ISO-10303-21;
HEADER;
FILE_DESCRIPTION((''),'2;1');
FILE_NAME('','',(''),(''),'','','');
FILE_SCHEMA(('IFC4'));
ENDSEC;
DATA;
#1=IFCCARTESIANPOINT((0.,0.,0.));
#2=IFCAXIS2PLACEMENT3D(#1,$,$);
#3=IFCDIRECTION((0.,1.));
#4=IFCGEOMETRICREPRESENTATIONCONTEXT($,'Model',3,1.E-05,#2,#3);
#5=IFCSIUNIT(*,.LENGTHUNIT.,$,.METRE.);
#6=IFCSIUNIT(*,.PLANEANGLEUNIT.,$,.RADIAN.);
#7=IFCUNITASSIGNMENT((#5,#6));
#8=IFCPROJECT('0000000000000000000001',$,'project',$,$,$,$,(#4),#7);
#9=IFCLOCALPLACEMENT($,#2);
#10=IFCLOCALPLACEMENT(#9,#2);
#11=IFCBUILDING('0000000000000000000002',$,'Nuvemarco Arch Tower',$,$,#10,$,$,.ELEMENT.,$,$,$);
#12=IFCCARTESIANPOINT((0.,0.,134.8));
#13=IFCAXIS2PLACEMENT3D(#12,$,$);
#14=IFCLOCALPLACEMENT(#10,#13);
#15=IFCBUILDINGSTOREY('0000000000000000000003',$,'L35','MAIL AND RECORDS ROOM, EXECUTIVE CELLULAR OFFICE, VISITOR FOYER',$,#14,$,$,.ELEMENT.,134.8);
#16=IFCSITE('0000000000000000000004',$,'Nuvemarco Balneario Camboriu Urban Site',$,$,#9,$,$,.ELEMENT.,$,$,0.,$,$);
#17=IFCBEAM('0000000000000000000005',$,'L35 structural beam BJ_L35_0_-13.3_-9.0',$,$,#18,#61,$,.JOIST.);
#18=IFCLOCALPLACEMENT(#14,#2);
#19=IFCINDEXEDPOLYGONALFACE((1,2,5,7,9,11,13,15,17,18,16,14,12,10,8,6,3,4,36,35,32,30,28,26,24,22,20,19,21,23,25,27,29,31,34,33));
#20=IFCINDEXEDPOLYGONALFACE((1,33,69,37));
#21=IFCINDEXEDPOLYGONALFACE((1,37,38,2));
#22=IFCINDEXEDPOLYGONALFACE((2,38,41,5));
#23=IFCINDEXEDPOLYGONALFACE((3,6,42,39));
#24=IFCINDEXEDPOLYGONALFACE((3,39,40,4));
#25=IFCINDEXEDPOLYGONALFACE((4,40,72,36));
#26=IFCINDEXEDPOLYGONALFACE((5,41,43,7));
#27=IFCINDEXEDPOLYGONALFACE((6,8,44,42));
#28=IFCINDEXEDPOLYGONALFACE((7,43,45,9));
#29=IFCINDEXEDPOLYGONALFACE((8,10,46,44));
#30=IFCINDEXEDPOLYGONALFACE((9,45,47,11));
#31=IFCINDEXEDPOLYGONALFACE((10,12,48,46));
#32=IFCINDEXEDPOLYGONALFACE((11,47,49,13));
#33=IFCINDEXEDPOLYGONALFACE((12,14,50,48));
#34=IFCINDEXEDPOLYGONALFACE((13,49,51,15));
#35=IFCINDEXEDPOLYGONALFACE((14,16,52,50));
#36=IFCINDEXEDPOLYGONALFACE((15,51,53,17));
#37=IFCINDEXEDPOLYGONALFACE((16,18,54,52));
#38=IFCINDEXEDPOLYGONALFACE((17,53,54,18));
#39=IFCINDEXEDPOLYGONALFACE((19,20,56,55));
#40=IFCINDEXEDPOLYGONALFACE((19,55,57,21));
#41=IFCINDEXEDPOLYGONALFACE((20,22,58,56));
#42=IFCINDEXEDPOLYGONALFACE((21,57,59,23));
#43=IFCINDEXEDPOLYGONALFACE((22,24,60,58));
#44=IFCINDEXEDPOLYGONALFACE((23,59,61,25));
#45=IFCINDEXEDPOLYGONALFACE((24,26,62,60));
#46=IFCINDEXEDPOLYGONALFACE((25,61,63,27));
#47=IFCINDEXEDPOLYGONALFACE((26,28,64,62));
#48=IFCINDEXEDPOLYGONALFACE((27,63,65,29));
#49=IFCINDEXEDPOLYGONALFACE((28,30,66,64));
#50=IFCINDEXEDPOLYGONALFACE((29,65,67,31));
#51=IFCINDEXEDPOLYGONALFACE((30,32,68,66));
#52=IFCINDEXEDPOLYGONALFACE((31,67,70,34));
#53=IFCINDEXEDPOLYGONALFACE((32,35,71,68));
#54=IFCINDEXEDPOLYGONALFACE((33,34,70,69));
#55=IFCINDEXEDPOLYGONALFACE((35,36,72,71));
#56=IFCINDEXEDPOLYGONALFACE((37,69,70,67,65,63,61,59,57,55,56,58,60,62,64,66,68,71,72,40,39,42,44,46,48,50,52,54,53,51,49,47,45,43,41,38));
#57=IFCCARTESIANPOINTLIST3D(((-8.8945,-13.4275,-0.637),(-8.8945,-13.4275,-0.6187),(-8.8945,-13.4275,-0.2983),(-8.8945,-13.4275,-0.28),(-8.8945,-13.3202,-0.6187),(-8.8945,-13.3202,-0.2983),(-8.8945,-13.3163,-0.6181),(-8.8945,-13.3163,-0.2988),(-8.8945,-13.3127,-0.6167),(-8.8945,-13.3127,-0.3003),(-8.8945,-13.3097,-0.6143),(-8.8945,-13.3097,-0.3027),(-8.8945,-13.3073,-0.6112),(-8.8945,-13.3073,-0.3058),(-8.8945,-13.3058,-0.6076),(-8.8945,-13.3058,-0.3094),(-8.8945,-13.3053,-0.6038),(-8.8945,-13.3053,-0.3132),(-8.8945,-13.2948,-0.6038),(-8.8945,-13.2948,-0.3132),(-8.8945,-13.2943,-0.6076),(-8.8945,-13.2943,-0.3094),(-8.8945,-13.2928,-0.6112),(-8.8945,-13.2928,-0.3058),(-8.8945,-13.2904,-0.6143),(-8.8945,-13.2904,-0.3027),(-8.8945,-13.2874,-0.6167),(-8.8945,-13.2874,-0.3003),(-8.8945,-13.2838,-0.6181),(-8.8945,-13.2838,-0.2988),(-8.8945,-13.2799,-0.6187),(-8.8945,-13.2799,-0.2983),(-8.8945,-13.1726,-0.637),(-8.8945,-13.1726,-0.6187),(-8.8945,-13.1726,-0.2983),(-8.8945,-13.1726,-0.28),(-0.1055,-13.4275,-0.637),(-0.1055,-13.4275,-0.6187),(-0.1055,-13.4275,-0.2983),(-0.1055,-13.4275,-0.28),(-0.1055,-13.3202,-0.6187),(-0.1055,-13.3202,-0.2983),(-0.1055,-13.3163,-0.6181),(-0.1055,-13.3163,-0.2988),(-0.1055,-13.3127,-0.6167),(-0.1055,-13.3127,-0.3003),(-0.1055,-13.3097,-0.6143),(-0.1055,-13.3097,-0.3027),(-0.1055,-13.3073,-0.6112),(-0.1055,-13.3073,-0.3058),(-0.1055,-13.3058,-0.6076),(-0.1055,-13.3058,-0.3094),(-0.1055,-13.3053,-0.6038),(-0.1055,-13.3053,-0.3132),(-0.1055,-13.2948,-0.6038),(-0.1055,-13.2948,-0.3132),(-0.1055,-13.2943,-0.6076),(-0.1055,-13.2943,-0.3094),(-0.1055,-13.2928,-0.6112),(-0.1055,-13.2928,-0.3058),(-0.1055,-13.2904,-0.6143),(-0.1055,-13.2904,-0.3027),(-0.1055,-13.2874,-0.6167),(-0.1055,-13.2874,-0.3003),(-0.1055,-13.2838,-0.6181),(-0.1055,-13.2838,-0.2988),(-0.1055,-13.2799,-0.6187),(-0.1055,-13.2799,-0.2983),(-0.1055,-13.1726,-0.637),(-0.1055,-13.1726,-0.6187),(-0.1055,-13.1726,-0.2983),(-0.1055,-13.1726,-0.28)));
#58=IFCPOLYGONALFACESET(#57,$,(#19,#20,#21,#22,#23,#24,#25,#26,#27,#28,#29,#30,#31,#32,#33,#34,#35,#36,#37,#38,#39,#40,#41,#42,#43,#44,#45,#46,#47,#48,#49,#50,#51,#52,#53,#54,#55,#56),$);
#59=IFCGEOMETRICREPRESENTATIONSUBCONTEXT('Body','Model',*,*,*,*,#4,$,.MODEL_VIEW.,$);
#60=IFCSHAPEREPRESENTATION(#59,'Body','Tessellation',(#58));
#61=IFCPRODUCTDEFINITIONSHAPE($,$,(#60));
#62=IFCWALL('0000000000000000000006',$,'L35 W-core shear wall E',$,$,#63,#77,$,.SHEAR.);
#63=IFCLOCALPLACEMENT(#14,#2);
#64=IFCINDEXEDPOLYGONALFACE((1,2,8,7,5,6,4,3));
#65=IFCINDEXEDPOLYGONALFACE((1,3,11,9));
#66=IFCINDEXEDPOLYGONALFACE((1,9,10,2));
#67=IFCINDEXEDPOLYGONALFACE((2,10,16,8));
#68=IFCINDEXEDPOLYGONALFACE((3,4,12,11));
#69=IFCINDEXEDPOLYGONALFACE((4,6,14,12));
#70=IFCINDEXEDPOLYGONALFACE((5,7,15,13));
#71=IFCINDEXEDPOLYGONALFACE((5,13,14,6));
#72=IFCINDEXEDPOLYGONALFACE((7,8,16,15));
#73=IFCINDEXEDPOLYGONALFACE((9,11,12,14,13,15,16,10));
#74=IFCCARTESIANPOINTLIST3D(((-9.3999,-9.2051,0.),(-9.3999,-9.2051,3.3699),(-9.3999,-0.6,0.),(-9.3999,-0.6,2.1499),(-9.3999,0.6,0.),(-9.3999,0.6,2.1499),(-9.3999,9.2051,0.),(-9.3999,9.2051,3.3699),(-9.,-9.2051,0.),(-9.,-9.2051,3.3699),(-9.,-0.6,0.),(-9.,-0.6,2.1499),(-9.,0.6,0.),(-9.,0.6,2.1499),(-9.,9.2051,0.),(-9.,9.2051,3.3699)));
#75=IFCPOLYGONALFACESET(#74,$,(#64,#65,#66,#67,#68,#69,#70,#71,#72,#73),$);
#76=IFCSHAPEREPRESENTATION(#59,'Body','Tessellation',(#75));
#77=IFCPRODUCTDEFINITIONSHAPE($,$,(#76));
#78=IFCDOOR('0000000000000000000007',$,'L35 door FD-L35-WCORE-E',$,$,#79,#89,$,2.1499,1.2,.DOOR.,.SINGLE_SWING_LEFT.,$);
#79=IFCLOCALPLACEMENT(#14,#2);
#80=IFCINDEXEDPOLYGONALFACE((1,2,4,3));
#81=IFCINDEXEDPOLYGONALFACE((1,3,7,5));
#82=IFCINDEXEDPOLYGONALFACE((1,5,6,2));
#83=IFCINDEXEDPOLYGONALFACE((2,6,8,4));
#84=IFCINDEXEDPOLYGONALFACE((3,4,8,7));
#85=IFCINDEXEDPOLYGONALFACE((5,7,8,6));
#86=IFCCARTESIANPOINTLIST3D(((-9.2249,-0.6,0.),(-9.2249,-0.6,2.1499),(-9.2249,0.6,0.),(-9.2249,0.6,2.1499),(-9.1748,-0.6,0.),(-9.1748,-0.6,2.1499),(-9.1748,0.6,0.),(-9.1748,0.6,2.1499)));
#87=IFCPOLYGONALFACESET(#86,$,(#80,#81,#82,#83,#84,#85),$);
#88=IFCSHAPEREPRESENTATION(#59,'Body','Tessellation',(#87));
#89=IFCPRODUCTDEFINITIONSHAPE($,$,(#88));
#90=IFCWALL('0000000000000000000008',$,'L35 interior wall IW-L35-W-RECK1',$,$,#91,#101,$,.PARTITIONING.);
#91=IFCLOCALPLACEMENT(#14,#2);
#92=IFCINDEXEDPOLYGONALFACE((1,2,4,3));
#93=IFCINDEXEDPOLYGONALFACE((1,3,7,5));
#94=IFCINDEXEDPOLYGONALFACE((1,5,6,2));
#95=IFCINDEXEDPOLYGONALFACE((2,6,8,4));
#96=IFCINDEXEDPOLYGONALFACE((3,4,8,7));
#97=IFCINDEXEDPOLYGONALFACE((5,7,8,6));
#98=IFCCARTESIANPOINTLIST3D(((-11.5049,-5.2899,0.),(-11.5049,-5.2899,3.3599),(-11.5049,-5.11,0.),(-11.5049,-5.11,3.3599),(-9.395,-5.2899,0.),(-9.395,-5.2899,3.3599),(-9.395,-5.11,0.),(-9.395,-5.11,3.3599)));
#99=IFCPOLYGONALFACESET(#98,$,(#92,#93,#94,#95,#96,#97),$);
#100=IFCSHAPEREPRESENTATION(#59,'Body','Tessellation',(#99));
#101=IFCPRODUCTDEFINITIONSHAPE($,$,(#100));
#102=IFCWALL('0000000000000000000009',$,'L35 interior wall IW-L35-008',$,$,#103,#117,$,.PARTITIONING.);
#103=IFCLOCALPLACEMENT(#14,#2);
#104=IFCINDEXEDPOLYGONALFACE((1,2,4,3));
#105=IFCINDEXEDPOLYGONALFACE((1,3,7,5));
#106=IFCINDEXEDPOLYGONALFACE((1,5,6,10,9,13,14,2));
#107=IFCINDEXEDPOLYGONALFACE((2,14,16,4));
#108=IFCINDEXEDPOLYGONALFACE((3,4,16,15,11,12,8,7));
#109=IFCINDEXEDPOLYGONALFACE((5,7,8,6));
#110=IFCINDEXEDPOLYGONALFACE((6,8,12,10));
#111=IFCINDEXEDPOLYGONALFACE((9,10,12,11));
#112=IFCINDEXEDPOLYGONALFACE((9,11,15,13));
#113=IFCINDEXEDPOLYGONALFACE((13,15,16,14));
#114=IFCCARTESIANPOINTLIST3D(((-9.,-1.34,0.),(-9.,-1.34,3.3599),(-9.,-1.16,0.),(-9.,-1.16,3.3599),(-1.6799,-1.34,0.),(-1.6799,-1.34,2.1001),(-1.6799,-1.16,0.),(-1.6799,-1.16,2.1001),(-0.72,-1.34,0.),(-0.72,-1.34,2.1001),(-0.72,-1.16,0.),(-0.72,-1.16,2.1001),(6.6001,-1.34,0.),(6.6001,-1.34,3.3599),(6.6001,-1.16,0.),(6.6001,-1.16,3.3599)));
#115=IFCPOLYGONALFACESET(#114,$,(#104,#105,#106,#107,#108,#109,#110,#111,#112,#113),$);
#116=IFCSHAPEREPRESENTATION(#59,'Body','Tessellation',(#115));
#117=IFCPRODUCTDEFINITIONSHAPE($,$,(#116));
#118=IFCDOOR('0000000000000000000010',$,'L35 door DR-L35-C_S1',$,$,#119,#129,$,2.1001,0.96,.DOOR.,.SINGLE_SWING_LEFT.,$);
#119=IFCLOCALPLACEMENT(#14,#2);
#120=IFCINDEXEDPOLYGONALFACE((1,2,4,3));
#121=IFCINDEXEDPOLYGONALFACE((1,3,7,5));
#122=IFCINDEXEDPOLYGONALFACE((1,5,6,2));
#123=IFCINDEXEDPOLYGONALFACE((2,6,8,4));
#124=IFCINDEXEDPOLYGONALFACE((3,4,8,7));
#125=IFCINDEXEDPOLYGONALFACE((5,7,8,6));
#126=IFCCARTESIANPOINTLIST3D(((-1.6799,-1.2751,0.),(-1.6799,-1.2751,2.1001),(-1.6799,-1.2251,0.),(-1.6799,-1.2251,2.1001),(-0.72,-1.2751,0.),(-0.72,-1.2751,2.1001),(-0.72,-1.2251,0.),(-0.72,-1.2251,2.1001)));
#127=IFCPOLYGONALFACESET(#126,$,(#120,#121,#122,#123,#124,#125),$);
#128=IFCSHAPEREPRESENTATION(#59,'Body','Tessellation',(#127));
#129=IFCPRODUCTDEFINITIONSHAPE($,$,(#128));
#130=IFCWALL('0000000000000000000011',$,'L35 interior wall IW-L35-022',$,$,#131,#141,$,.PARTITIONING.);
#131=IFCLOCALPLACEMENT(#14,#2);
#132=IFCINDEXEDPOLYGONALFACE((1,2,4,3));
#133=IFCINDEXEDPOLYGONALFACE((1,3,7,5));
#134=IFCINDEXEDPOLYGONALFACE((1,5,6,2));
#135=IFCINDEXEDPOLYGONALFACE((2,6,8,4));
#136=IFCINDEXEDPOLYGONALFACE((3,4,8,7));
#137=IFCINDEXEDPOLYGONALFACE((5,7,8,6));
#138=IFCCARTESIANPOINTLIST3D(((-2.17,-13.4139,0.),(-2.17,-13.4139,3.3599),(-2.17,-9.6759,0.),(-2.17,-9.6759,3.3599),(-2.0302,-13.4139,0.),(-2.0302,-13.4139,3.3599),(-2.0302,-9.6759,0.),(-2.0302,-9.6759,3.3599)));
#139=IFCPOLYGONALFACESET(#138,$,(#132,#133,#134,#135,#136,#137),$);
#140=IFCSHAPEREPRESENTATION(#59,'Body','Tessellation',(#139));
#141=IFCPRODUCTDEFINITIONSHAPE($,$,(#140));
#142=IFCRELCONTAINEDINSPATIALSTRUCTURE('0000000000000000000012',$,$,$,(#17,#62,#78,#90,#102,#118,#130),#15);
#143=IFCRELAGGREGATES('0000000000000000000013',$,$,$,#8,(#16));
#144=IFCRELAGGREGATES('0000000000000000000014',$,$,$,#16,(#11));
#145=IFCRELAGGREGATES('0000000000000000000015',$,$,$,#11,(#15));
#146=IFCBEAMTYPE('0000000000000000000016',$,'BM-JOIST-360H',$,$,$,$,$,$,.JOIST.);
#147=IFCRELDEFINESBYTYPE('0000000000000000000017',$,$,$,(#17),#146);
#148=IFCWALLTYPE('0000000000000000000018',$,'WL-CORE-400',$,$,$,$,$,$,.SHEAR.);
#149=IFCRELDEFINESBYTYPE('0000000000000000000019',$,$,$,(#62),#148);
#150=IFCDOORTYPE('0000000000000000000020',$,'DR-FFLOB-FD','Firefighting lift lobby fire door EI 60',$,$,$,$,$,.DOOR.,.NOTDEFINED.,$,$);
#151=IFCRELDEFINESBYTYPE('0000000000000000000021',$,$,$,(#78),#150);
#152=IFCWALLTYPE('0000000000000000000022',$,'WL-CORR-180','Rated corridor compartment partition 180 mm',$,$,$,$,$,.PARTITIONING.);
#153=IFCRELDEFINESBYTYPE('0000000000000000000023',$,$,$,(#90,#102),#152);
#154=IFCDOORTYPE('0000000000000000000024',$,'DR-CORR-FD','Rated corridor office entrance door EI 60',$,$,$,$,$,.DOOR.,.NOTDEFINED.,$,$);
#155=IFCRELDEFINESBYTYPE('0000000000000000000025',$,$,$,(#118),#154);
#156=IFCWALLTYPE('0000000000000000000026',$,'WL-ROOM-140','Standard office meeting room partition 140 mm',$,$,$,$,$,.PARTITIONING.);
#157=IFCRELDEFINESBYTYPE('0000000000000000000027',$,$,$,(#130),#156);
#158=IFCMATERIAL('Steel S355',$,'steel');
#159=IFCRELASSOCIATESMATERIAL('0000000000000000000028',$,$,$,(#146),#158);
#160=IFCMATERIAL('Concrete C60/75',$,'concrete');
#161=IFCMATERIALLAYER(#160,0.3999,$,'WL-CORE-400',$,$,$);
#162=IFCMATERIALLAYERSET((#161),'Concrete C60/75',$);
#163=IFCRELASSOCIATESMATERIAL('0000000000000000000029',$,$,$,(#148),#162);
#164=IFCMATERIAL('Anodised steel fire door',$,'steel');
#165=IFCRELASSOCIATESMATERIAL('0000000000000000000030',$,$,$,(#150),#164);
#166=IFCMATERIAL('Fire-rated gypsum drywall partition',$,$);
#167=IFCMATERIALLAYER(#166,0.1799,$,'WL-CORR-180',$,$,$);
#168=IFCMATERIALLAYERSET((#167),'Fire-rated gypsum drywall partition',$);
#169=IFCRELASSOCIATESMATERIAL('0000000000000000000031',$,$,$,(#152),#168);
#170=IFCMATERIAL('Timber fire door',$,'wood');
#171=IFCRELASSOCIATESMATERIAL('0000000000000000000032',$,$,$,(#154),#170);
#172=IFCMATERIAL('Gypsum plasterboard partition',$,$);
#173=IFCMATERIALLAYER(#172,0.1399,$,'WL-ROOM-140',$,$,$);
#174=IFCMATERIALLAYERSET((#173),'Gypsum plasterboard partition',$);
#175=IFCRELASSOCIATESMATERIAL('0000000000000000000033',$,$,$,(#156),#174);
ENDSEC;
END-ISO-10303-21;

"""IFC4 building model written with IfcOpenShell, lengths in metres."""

from ifc_helpers import new_model, si_unit, direction, frame, frame_2d, origin, origin_2d, place, context, subcontext, project, spatial, rectangle, i_section, extrude, source, transform, mapped, material, layer, layer_set, material_profile, profile_set, type_object, type_shapes, element, fill, save


model = new_model("IFC4")

# Units and contexts
model_context = context("Model", 3, precision=1e-05, world=origin(), true_north=direction((0.0, 1.0)))
body_context = subcontext(model_context, "Body", "Model", "MODEL_VIEW")
ifc_project = project(units=[si_unit("LENGTHUNIT", "METRE"), si_unit("PLANEANGLEUNIT", "RADIAN")], contexts=[model_context])

# Site, building, storey
site_placement = place(None, origin())
site = spatial("IfcSite", under=ifc_project, at=site_placement, Name="Nuvemarco Balneario Camboriu Urban Site", CompositionType="ELEMENT", RefElevation=0.0)
building_placement = place(site_placement, origin())
building = spatial("IfcBuilding", under=site, at=building_placement, Name="Nuvemarco Arch Tower", CompositionType="ELEMENT")
storey_placement = place(building_placement, frame((0.0, 0.0, 134.8)))
storey = spatial("IfcBuildingStorey", under=building, at=storey_placement, Name="L35", Description="MAIL AND RECORDS ROOM, EXECUTIVE CELLULAR OFFICE, VISITOR FOYER", CompositionType="ELEMENT", Elevation=134.8)

# Beam
ifc_material_1 = material(Name="Concrete C60/75", Category="concrete")
ifc_material_2 = material(Name="Steel S355", Category="steel")
ifc_material_profile_1 = material_profile(ifc_material_2, i_section(OverallWidth=0.2549, OverallDepth=0.3569, WebThickness=0.0105, FlangeThickness=0.0183, FilletRadius=0.0149, at=origin_2d()), Name="W360x101")
ifc_profile_set_1 = profile_set([ifc_material_profile_1], Name="Steel S355")
beam_type_1 = type_object("IfcBeamType", Name="BM-JOIST-360H", PredefinedType="JOIST", material=ifc_profile_set_1)
beam_1_placement = place(storey_placement, frame((-8.8945, -13.3, -0.4585), z_axis=(1.0, 0.0, 0.0), x_axis=(0.0, 1.0, 0.0)))
element("IfcBeam", 1, at=beam_1_placement, inside=storey, type_object=beam_type_1, Name="L35 structural beam BJ_L35_0_-13.3_-9.0", PredefinedType="JOIST", context=body_context, shape_type="SweptSolid", body=[
    extrude(i_section(OverallWidth=0.2549, OverallDepth=0.3569, WebThickness=0.0105, FlangeThickness=0.0183, FilletRadius=0.0149, at=origin_2d()), origin(), (0.0, 0.0, 1.0), 8.7891),
])

# Wall, opening, door
ifc_layer_1 = layer(ifc_material_1, 0.3999, Name="WL-CORE-400")
ifc_layer_set_1 = layer_set([ifc_layer_1], Name="Concrete C60/75")
wall_type_1 = type_object("IfcWallType", Name="WL-CORE-400", PredefinedType="SHEAR", material=ifc_layer_set_1)
wall_1_placement = place(storey_placement, frame((-9.2, -9.2051, 0.0), z_axis=(0.0, 0.0, 1.0), x_axis=(0.0, 1.0, 0.0)))
wall_1 = element("IfcWall", 2, at=wall_1_placement, inside=storey, type_object=wall_type_1, Name="L35 W-core shear wall E", PredefinedType="SHEAR", context=body_context, shape_type="SweptSolid", body=[
    extrude(rectangle(XDim=18.4102, YDim=0.3999, at=frame_2d((9.2051, 0.0))), origin(), (0.0, 0.0, 1.0), 3.3699),
])
opening_1_placement = place(wall_1_placement, frame((8.605, 0.0, 0.0)))
opening_1 = element("IfcOpeningElement", 3, at=opening_1_placement, cuts=wall_1, PredefinedType="OPENING", context=body_context, shape_type="SweptSolid", body=[
    extrude(rectangle(XDim=1.2, YDim=2.1499, at=frame_2d((0.6001, 1.075))), frame((0.0, 0.21, 0.0), z_axis=(0.0, -1.0, 0.0), x_axis=(1.0, 0.0, 0.0)), (0.0, 0.0, 1.0), 0.4199),
])
ifc_material_3 = material(Name="Anodised steel fire door", Category="steel")
door_type_1 = type_object("IfcDoorType", Name="DR-FFLOB-FD", Description="Firefighting lift lobby fire door EI 60", OperationType="NOTDEFINED", PredefinedType="DOOR", material=ifc_material_3)
shared_shape_1 = source(origin(), body_context, "Body", "SweptSolid", [
    extrude(rectangle(XDim=1.2, YDim=2.1499, at=frame_2d((0.6001, 1.075))), frame((0.0, 0.0249, 0.0), z_axis=(0.0, -1.0, 0.0), x_axis=(1.0, 0.0, 0.0)), (0.0, 0.0, 1.0), 0.05),
])
type_shapes(door_type_1, [shared_shape_1])
door_1_placement = place(opening_1_placement, origin())
door_1 = element("IfcDoor", 4, at=door_1_placement, inside=storey, type_object=door_type_1, Name="L35 door FD-L35-WCORE-E", OperationType="SINGLE_SWING_LEFT", OverallHeight=2.1499, OverallWidth=1.2, PredefinedType="DOOR", context=body_context, shape_type="MappedRepresentation", body=[
    mapped(shared_shape_1, transform((0.0, 0.0, 0.0), scale=1.0)),
])
fill(opening_1, door_1)

# Wall
ifc_material_4 = material(Name="Fire-rated gypsum drywall partition")
ifc_layer_2 = layer(ifc_material_4, 0.1799, Name="WL-CORR-180")
ifc_layer_set_2 = layer_set([ifc_layer_2], Name="Fire-rated gypsum drywall partition")
wall_type_2 = type_object("IfcWallType", Name="WL-CORR-180", Description="Rated corridor compartment partition 180 mm", PredefinedType="PARTITIONING", material=ifc_layer_set_2)
wall_2_placement = place(storey_placement, frame((-11.5049, -5.2, 0.0), z_axis=(0.0, 0.0, 1.0), x_axis=(1.0, 0.0, 0.0)))
element("IfcWall", 5, at=wall_2_placement, inside=storey, type_object=wall_type_2, Name="L35 interior wall IW-L35-W-RECK1", PredefinedType="PARTITIONING", context=body_context, shape_type="SweptSolid", body=[
    extrude(rectangle(XDim=2.1099, YDim=0.1799, at=frame_2d((1.0549, 0.0))), origin(), (0.0, 0.0, 1.0), 3.3599),
])

# Wall, opening, door
wall_3_placement = place(storey_placement, frame((-9.0, -1.25, 0.0), z_axis=(0.0, 0.0, 1.0), x_axis=(1.0, 0.0, 0.0)))
wall_3 = element("IfcWall", 6, at=wall_3_placement, inside=storey, type_object=wall_type_2, Name="L35 interior wall IW-L35-008", PredefinedType="PARTITIONING", context=body_context, shape_type="SweptSolid", body=[
    extrude(rectangle(XDim=15.6001, YDim=0.1799, at=frame_2d((7.8, 0.0))), origin(), (0.0, 0.0, 1.0), 3.3599),
])
opening_2_placement = place(wall_3_placement, frame((7.3201, 0.0, 0.0)))
opening_2 = element("IfcOpeningElement", 7, at=opening_2_placement, cuts=wall_3, PredefinedType="OPENING", context=body_context, shape_type="SweptSolid", body=[
    extrude(rectangle(XDim=0.96, YDim=2.1001, at=frame_2d((0.48, 1.05))), frame((0.0, 0.0999, 0.0), z_axis=(0.0, -1.0, 0.0), x_axis=(1.0, 0.0, 0.0)), (0.0, 0.0, 1.0), 0.2),
])
ifc_material_5 = material(Name="Timber fire door", Category="wood")
door_type_2 = type_object("IfcDoorType", Name="DR-CORR-FD", Description="Rated corridor office entrance door EI 60", OperationType="NOTDEFINED", PredefinedType="DOOR", material=ifc_material_5)
shared_shape_2 = source(origin(), body_context, "Body", "SweptSolid", [
    extrude(rectangle(XDim=0.96, YDim=2.1001, at=frame_2d((0.48, 1.05))), frame((0.0, 0.0249, 0.0), z_axis=(0.0, -1.0, 0.0), x_axis=(1.0, 0.0, 0.0)), (0.0, 0.0, 1.0), 0.05),
])
type_shapes(door_type_2, [shared_shape_2])
door_2_placement = place(opening_2_placement, origin())
door_2 = element("IfcDoor", 8, at=door_2_placement, inside=storey, type_object=door_type_2, Name="L35 door DR-L35-C_S1", OperationType="SINGLE_SWING_LEFT", OverallHeight=2.1001, OverallWidth=0.96, PredefinedType="DOOR", context=body_context, shape_type="MappedRepresentation", body=[
    mapped(shared_shape_2, transform((0.0, 0.0, 0.0), scale=1.0)),
])
fill(opening_2, door_2)

# Wall
ifc_material_6 = material(Name="Gypsum plasterboard partition")
ifc_layer_3 = layer(ifc_material_6, 0.1399, Name="WL-ROOM-140")
ifc_layer_set_3 = layer_set([ifc_layer_3], Name="Gypsum plasterboard partition")
wall_type_3 = type_object("IfcWallType", Name="WL-ROOM-140", Description="Standard office meeting room partition 140 mm", PredefinedType="PARTITIONING", material=ifc_layer_set_3)
wall_4_placement = place(storey_placement, frame((-2.1001, -13.4141, 0.0), z_axis=(0.0, 0.0, 1.0), x_axis=(0.0, 1.0, 0.0)))
element("IfcWall", 9, at=wall_4_placement, inside=storey, type_object=wall_type_3, Name="L35 interior wall IW-L35-022", PredefinedType="PARTITIONING", context=body_context, shape_type="SweptSolid", body=[
    extrude(rectangle(XDim=3.738, YDim=0.1399, at=frame_2d((1.8691, 0.0))), origin(), (0.0, 0.0, 1.0), 3.3599),
])

save(model, "model.ifc")
